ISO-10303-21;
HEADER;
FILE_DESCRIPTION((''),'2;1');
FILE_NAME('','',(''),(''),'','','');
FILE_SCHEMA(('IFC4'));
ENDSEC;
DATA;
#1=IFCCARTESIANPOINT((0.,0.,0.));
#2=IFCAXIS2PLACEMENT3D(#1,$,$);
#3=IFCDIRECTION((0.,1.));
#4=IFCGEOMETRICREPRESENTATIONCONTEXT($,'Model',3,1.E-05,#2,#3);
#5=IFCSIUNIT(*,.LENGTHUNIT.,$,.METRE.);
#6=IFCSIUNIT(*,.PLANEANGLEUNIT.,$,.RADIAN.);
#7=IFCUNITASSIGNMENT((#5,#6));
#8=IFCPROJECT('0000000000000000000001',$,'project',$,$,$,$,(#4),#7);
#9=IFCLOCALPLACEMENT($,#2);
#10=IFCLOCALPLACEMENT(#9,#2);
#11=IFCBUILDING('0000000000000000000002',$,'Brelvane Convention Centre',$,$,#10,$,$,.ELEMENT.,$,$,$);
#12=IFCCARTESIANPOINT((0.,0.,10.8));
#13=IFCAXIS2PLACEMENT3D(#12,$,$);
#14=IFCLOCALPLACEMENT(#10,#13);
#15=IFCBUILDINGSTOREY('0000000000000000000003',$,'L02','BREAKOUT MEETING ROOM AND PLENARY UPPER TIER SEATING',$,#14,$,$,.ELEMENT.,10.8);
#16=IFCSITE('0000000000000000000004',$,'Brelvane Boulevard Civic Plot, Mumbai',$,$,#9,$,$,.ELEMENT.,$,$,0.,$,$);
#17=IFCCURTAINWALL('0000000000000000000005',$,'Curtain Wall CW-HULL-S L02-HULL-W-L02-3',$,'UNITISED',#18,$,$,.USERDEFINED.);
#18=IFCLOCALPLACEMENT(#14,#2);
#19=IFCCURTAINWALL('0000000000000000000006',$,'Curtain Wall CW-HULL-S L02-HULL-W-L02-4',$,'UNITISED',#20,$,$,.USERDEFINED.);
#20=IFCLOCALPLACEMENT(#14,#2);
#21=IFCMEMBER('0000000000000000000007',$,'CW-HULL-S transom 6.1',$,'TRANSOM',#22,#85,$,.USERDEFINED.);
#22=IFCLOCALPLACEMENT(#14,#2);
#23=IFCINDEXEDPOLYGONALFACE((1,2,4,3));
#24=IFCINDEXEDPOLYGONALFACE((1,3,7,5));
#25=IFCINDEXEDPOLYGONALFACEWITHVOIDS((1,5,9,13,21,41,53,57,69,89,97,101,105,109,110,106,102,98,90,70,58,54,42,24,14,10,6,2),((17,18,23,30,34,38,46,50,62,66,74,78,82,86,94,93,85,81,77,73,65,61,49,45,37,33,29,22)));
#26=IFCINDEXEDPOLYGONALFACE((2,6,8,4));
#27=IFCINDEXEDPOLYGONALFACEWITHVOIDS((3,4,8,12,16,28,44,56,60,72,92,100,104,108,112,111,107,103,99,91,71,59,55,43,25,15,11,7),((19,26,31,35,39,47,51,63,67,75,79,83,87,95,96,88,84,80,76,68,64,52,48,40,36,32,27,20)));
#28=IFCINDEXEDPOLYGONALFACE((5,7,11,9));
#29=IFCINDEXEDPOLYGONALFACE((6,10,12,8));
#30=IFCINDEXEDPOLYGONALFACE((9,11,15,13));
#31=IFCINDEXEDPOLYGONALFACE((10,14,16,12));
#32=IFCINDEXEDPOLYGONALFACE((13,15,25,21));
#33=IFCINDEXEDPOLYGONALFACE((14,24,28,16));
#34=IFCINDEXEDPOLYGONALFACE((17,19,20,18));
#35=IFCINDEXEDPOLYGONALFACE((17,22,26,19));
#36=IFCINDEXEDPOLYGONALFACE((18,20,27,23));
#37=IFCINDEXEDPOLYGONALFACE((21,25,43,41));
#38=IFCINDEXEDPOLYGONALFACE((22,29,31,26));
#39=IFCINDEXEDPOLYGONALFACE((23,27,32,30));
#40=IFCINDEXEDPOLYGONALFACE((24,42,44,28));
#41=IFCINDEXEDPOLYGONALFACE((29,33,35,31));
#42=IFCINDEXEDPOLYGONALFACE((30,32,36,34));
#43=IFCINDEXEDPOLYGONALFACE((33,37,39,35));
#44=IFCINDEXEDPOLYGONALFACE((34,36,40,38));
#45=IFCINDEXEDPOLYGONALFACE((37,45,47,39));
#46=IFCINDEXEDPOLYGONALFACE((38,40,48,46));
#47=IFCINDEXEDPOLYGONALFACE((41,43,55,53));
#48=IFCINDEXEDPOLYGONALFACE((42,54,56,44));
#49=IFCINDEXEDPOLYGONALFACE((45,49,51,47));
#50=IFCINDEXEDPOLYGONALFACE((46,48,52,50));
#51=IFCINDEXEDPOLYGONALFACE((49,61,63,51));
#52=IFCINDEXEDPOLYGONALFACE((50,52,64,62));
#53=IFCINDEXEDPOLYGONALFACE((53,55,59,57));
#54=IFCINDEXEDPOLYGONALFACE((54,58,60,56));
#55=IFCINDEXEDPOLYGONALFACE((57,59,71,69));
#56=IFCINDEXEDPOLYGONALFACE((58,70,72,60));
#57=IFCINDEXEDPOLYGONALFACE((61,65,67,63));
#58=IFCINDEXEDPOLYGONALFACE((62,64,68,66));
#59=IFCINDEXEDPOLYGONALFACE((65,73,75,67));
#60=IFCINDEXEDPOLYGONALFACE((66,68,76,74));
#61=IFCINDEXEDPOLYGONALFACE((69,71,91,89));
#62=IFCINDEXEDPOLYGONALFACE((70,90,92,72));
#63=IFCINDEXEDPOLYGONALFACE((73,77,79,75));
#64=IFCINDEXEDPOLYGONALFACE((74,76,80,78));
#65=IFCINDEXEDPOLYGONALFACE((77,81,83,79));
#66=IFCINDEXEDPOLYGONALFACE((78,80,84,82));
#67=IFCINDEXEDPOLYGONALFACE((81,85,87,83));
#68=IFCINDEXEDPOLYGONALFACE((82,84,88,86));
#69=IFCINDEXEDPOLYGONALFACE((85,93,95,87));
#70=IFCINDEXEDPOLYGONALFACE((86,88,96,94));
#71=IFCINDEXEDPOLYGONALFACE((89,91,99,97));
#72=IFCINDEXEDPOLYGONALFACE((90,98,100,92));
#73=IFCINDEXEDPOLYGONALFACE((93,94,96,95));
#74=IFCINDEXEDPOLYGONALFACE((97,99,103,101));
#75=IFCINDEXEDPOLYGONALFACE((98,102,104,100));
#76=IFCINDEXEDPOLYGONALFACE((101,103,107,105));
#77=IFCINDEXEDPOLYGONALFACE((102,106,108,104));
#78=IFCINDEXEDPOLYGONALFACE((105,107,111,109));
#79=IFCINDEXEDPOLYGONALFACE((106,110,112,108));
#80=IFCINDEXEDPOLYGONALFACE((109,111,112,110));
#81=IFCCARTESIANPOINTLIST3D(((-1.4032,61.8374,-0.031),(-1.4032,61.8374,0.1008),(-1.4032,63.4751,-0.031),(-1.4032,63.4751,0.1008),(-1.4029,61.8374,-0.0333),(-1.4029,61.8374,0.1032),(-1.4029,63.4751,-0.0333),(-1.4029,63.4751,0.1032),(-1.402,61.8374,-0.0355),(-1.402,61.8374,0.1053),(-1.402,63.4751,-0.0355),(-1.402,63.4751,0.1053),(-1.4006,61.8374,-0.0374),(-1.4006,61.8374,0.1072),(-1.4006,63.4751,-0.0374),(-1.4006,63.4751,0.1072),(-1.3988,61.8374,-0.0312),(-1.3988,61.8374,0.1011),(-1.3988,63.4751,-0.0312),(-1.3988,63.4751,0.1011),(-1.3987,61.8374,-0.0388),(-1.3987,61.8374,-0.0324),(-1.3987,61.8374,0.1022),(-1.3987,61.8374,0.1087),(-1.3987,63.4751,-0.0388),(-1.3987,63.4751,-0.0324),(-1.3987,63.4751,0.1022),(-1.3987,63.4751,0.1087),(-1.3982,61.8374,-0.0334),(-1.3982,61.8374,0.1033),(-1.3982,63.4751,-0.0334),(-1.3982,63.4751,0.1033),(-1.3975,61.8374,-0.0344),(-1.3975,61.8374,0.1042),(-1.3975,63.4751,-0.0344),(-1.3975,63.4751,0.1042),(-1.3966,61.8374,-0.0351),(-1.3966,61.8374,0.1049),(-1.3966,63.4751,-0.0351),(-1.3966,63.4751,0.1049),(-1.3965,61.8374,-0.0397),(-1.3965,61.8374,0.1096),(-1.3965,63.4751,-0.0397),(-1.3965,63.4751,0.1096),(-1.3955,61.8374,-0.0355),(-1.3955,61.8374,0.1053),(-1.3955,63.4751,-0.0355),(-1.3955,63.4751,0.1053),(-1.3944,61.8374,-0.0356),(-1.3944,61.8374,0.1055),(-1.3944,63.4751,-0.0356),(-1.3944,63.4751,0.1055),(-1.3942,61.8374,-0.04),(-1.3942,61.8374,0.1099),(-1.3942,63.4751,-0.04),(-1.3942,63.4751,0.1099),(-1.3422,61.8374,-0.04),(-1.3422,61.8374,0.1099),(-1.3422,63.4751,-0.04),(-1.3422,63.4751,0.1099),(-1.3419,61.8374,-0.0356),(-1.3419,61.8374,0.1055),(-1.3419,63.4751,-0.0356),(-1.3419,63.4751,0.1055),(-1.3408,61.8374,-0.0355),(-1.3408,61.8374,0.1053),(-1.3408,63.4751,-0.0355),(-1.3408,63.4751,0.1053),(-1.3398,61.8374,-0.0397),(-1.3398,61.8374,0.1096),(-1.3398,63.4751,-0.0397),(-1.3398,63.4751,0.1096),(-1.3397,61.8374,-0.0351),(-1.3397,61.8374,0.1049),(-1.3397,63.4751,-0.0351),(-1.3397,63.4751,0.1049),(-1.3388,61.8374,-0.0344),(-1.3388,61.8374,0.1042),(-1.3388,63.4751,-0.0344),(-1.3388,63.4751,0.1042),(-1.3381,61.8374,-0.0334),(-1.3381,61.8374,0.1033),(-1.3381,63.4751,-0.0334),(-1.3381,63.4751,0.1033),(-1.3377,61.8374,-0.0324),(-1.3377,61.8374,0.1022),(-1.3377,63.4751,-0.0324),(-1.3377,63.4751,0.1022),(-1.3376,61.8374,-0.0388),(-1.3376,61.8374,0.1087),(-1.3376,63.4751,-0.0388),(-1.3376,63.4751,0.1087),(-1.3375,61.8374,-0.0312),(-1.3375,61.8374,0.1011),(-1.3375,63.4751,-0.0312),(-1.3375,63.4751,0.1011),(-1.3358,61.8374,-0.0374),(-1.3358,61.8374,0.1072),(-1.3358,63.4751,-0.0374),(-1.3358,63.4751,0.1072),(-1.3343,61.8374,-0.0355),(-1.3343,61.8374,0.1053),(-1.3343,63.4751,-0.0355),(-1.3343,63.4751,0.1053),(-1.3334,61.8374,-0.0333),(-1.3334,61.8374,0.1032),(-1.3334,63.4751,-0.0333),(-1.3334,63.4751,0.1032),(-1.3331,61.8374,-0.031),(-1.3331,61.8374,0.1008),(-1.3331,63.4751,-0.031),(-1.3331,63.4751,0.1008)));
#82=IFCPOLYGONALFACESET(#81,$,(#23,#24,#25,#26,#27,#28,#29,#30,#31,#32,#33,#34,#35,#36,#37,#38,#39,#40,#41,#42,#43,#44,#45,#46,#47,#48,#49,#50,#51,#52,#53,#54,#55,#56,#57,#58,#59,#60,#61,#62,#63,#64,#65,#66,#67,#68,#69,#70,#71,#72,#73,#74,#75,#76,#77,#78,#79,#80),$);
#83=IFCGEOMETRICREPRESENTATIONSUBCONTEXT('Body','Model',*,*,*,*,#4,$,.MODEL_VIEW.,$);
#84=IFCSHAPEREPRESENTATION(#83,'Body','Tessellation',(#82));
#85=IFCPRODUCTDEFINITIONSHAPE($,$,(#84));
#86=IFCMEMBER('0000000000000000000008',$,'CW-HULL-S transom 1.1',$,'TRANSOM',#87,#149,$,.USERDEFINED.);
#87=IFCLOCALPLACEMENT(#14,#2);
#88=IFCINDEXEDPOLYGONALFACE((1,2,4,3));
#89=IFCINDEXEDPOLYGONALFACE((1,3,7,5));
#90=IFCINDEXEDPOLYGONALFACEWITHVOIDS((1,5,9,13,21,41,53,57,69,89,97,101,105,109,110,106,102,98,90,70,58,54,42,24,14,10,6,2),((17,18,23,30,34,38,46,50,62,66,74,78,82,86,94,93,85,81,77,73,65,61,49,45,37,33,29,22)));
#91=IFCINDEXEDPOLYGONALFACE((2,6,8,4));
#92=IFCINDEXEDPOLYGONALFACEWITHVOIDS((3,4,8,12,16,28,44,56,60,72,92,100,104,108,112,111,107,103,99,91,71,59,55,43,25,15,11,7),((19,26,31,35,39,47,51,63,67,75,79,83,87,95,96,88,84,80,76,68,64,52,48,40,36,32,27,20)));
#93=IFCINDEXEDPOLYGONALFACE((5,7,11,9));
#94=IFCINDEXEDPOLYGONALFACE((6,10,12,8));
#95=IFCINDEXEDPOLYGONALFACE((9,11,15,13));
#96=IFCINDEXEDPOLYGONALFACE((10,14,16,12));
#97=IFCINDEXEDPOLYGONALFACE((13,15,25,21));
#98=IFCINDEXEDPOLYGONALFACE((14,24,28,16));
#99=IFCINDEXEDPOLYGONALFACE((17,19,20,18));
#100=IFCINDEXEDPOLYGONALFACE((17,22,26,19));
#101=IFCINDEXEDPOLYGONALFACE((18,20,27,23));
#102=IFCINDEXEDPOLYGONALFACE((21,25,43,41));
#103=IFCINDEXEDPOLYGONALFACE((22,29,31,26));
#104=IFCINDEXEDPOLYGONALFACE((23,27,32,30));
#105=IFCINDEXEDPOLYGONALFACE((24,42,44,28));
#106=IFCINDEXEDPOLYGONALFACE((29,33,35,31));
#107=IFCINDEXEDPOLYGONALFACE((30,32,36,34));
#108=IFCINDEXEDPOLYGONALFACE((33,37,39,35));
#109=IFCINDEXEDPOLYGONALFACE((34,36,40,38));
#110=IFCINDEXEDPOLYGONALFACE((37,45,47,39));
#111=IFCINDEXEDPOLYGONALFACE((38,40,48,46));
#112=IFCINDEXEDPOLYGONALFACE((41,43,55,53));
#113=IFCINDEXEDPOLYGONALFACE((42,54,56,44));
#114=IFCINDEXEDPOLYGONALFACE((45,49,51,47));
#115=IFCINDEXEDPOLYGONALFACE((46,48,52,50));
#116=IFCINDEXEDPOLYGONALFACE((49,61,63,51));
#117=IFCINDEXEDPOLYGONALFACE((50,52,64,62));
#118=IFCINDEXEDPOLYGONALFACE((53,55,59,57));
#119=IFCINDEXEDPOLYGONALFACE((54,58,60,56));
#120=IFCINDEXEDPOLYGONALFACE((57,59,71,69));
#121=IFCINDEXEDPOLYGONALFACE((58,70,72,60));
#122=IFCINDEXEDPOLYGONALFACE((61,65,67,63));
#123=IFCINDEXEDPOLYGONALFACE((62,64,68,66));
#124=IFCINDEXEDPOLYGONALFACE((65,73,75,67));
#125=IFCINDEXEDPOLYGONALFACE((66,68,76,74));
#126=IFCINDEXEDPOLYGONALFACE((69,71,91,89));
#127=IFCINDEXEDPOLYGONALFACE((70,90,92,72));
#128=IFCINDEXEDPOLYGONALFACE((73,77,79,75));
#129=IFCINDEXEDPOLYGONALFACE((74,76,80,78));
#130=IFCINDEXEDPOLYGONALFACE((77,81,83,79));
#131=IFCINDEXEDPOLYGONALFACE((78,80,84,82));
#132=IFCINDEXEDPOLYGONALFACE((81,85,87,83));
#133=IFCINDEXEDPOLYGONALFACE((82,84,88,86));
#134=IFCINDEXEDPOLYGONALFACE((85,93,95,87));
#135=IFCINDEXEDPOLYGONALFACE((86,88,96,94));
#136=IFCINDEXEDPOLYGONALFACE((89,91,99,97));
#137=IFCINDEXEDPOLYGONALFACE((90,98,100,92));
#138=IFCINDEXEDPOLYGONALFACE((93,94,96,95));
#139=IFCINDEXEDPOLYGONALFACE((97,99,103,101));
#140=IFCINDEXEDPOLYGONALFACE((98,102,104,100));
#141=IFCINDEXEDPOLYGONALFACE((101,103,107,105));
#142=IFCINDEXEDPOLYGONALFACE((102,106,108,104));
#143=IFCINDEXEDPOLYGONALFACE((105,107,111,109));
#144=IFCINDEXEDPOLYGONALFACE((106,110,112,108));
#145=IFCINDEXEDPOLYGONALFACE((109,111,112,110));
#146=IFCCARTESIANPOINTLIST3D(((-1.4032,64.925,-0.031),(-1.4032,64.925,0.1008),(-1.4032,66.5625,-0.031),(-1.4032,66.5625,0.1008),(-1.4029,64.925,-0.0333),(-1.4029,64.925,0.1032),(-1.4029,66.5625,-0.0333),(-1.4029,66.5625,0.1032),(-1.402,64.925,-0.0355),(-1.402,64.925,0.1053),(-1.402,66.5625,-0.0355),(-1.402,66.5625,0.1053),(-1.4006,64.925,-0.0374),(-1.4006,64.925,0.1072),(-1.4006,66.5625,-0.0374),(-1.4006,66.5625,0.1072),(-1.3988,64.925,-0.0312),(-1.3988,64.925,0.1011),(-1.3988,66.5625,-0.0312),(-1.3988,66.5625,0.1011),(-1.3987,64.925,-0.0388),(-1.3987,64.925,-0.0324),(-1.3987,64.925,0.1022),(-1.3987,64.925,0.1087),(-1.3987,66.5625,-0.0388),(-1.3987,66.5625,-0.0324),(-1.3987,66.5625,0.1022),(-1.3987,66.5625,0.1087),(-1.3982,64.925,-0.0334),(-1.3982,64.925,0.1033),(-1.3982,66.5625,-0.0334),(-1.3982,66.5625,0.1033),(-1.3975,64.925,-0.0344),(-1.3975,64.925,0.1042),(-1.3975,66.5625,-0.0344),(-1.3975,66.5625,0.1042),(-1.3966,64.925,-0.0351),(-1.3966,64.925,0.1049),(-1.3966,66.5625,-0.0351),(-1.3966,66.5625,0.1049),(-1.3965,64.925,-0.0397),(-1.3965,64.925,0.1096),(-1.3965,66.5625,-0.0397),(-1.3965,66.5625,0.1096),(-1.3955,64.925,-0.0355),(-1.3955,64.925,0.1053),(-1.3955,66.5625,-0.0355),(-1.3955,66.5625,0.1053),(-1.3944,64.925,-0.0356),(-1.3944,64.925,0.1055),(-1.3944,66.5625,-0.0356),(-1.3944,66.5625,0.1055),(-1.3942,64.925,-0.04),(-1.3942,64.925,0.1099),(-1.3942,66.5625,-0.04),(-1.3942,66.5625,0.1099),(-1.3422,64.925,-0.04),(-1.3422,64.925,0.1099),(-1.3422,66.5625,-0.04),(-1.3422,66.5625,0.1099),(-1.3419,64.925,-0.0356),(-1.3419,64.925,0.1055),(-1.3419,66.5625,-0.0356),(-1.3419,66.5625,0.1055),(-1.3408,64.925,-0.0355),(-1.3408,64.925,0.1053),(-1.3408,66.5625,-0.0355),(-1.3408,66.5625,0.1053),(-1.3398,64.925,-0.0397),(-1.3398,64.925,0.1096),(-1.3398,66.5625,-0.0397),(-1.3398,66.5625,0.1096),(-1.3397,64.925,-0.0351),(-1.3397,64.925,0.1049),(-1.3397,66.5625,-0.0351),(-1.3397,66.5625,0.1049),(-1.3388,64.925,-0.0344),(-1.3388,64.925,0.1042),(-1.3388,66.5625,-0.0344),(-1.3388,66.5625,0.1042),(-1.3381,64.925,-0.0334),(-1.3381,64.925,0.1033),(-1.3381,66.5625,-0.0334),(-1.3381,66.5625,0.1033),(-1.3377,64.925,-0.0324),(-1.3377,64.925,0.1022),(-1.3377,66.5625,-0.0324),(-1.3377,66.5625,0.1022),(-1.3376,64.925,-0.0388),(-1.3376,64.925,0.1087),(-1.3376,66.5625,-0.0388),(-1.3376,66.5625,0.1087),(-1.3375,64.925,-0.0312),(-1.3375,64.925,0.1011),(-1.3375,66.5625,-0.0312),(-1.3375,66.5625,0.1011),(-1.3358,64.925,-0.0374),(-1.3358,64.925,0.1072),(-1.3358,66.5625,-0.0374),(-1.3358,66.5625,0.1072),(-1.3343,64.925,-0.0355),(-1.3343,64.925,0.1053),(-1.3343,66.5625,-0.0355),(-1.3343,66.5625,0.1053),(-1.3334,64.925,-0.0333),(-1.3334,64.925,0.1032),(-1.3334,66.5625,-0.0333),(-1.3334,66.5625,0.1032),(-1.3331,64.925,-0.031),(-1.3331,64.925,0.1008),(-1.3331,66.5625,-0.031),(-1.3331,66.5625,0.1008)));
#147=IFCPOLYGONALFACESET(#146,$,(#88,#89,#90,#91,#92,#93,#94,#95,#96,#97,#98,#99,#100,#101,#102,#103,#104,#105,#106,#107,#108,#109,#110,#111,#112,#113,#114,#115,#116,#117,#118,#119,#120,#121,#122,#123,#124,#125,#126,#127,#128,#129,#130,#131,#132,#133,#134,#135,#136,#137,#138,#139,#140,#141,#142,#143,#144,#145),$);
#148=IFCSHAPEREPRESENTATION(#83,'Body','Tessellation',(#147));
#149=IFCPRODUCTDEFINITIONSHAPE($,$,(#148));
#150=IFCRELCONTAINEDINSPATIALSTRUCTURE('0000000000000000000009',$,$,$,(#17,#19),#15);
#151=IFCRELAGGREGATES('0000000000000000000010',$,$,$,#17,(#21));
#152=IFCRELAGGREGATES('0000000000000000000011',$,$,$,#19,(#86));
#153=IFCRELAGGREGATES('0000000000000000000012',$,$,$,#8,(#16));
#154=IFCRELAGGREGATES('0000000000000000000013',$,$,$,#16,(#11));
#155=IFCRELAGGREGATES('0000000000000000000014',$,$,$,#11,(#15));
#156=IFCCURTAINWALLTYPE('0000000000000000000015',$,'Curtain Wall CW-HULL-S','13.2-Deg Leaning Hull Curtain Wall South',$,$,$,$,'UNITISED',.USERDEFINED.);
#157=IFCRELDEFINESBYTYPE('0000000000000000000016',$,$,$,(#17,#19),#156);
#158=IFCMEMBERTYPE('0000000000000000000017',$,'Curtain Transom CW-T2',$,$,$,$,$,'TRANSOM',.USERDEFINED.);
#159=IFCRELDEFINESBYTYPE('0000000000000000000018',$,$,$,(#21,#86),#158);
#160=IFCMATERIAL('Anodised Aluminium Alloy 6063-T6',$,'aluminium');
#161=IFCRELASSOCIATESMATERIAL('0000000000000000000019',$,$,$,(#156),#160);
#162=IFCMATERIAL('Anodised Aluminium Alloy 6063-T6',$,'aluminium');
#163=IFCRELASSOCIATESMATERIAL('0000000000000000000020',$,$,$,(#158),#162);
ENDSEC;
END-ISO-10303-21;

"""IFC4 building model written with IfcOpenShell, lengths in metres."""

from ifc_helpers import new_model, si_unit, direction, frame, origin, origin_2d, place, context, subcontext, project, spatial, hollow_rectangle, extrude, material, material_profile, profile_set, type_object, element, aggregate, save


model = new_model("IFC4")

# Units and contexts
model_context = context("Model", 3, precision=1e-05, world=origin(), true_north=direction((0.0, 1.0)))
body_context = subcontext(model_context, "Body", "Model", "MODEL_VIEW")
ifc_project = project(units=[si_unit("LENGTHUNIT", "METRE"), si_unit("PLANEANGLEUNIT", "RADIAN")], contexts=[model_context])

# Site, building, storey
site_placement = place(None, origin())
site = spatial("IfcSite", under=ifc_project, at=site_placement, Name="Brelvane Boulevard Civic Plot, Mumbai", CompositionType="ELEMENT", RefElevation=0.0)
building_placement = place(site_placement, origin())
building = spatial("IfcBuilding", under=site, at=building_placement, Name="Brelvane Convention Centre", CompositionType="ELEMENT")
storey_placement = place(building_placement, frame((0.0, 0.0, 10.8)))
storey = spatial("IfcBuildingStorey", under=building, at=storey_placement, Name="L02", Description="BREAKOUT MEETING ROOM AND PLENARY UPPER TIER SEATING", CompositionType="ELEMENT", Elevation=10.8)

# Curtain wall
ifc_material_1 = material(Name="Anodised Aluminium Alloy 6063-T6", Category="aluminium")
curtain_wall_type = type_object("IfcCurtainWallType", Name="Curtain Wall CW-HULL-S", Description="13.2-Deg Leaning Hull Curtain Wall South", ElementType="UNITISED", PredefinedType="USERDEFINED", material=ifc_material_1)
curtain_wall_1_placement = place(storey_placement, origin())
curtain_wall_1 = element("IfcCurtainWall", 1, at=curtain_wall_1_placement, inside=storey, type_object=curtain_wall_type, Name="Curtain Wall CW-HULL-S L02-HULL-W-L02-3", ObjectType="UNITISED", PredefinedType="USERDEFINED")

# Curtain wall
curtain_wall_2_placement = place(storey_placement, origin())
curtain_wall_2 = element("IfcCurtainWall", 2, at=curtain_wall_2_placement, inside=storey, type_object=curtain_wall_type, Name="Curtain Wall CW-HULL-S L02-HULL-W-L02-4", ObjectType="UNITISED", PredefinedType="USERDEFINED")

# Members
ifc_material_2 = material(Name="Anodised Aluminium Alloy 6063-T6", Category="aluminium")
ifc_material_profile_1 = material_profile(ifc_material_2, hollow_rectangle(XDim=0.0701, YDim=0.1499, WallThickness=0.0044, InnerFilletRadius=0.0044, OuterFilletRadius=0.009, at=origin_2d()), Name="ALU-T 150x70x4.5")
ifc_profile_set_1 = profile_set([ifc_material_profile_1], Name="Anodised Aluminium Alloy 6063-T6")
member_type_1 = type_object("IfcMemberType", Name="Curtain Transom CW-T2", ElementType="TRANSOM", PredefinedType="USERDEFINED", material=ifc_profile_set_1)
member_1_placement = place(storey_placement, frame((-1.3682, 61.8374, 0.0349), z_axis=(0.0, 1.0, 0.0), x_axis=(-1.0, 0.0, 0.0)))
member_1 = element("IfcMember", 3, at=member_1_placement, type_object=member_type_1, Name="CW-HULL-S transom 6.1", ObjectType="TRANSOM", PredefinedType="USERDEFINED", context=body_context, shape_type="SweptSolid", body=[
    extrude(hollow_rectangle(XDim=0.0701, YDim=0.1499, WallThickness=0.0044, InnerFilletRadius=0.0044, OuterFilletRadius=0.009, at=origin_2d()), origin(), (0.0, 0.0, 1.0), 1.6377),
])
aggregate(curtain_wall_1, [member_1])
member_2_placement = place(storey_placement, frame((-1.3682, 64.925, 0.0349), z_axis=(0.0, 1.0, 0.0), x_axis=(-1.0, 0.0, 0.0)))
member_2 = element("IfcMember", 4, at=member_2_placement, type_object=member_type_1, Name="CW-HULL-S transom 1.1", ObjectType="TRANSOM", PredefinedType="USERDEFINED", context=body_context, shape_type="SweptSolid", body=[
    extrude(hollow_rectangle(XDim=0.0701, YDim=0.1499, WallThickness=0.0044, InnerFilletRadius=0.0044, OuterFilletRadius=0.009, at=origin_2d()), origin(), (0.0, 0.0, 1.0), 1.6375),
])

aggregate(curtain_wall_2, [member_2])

save(model, "model.ifc")
